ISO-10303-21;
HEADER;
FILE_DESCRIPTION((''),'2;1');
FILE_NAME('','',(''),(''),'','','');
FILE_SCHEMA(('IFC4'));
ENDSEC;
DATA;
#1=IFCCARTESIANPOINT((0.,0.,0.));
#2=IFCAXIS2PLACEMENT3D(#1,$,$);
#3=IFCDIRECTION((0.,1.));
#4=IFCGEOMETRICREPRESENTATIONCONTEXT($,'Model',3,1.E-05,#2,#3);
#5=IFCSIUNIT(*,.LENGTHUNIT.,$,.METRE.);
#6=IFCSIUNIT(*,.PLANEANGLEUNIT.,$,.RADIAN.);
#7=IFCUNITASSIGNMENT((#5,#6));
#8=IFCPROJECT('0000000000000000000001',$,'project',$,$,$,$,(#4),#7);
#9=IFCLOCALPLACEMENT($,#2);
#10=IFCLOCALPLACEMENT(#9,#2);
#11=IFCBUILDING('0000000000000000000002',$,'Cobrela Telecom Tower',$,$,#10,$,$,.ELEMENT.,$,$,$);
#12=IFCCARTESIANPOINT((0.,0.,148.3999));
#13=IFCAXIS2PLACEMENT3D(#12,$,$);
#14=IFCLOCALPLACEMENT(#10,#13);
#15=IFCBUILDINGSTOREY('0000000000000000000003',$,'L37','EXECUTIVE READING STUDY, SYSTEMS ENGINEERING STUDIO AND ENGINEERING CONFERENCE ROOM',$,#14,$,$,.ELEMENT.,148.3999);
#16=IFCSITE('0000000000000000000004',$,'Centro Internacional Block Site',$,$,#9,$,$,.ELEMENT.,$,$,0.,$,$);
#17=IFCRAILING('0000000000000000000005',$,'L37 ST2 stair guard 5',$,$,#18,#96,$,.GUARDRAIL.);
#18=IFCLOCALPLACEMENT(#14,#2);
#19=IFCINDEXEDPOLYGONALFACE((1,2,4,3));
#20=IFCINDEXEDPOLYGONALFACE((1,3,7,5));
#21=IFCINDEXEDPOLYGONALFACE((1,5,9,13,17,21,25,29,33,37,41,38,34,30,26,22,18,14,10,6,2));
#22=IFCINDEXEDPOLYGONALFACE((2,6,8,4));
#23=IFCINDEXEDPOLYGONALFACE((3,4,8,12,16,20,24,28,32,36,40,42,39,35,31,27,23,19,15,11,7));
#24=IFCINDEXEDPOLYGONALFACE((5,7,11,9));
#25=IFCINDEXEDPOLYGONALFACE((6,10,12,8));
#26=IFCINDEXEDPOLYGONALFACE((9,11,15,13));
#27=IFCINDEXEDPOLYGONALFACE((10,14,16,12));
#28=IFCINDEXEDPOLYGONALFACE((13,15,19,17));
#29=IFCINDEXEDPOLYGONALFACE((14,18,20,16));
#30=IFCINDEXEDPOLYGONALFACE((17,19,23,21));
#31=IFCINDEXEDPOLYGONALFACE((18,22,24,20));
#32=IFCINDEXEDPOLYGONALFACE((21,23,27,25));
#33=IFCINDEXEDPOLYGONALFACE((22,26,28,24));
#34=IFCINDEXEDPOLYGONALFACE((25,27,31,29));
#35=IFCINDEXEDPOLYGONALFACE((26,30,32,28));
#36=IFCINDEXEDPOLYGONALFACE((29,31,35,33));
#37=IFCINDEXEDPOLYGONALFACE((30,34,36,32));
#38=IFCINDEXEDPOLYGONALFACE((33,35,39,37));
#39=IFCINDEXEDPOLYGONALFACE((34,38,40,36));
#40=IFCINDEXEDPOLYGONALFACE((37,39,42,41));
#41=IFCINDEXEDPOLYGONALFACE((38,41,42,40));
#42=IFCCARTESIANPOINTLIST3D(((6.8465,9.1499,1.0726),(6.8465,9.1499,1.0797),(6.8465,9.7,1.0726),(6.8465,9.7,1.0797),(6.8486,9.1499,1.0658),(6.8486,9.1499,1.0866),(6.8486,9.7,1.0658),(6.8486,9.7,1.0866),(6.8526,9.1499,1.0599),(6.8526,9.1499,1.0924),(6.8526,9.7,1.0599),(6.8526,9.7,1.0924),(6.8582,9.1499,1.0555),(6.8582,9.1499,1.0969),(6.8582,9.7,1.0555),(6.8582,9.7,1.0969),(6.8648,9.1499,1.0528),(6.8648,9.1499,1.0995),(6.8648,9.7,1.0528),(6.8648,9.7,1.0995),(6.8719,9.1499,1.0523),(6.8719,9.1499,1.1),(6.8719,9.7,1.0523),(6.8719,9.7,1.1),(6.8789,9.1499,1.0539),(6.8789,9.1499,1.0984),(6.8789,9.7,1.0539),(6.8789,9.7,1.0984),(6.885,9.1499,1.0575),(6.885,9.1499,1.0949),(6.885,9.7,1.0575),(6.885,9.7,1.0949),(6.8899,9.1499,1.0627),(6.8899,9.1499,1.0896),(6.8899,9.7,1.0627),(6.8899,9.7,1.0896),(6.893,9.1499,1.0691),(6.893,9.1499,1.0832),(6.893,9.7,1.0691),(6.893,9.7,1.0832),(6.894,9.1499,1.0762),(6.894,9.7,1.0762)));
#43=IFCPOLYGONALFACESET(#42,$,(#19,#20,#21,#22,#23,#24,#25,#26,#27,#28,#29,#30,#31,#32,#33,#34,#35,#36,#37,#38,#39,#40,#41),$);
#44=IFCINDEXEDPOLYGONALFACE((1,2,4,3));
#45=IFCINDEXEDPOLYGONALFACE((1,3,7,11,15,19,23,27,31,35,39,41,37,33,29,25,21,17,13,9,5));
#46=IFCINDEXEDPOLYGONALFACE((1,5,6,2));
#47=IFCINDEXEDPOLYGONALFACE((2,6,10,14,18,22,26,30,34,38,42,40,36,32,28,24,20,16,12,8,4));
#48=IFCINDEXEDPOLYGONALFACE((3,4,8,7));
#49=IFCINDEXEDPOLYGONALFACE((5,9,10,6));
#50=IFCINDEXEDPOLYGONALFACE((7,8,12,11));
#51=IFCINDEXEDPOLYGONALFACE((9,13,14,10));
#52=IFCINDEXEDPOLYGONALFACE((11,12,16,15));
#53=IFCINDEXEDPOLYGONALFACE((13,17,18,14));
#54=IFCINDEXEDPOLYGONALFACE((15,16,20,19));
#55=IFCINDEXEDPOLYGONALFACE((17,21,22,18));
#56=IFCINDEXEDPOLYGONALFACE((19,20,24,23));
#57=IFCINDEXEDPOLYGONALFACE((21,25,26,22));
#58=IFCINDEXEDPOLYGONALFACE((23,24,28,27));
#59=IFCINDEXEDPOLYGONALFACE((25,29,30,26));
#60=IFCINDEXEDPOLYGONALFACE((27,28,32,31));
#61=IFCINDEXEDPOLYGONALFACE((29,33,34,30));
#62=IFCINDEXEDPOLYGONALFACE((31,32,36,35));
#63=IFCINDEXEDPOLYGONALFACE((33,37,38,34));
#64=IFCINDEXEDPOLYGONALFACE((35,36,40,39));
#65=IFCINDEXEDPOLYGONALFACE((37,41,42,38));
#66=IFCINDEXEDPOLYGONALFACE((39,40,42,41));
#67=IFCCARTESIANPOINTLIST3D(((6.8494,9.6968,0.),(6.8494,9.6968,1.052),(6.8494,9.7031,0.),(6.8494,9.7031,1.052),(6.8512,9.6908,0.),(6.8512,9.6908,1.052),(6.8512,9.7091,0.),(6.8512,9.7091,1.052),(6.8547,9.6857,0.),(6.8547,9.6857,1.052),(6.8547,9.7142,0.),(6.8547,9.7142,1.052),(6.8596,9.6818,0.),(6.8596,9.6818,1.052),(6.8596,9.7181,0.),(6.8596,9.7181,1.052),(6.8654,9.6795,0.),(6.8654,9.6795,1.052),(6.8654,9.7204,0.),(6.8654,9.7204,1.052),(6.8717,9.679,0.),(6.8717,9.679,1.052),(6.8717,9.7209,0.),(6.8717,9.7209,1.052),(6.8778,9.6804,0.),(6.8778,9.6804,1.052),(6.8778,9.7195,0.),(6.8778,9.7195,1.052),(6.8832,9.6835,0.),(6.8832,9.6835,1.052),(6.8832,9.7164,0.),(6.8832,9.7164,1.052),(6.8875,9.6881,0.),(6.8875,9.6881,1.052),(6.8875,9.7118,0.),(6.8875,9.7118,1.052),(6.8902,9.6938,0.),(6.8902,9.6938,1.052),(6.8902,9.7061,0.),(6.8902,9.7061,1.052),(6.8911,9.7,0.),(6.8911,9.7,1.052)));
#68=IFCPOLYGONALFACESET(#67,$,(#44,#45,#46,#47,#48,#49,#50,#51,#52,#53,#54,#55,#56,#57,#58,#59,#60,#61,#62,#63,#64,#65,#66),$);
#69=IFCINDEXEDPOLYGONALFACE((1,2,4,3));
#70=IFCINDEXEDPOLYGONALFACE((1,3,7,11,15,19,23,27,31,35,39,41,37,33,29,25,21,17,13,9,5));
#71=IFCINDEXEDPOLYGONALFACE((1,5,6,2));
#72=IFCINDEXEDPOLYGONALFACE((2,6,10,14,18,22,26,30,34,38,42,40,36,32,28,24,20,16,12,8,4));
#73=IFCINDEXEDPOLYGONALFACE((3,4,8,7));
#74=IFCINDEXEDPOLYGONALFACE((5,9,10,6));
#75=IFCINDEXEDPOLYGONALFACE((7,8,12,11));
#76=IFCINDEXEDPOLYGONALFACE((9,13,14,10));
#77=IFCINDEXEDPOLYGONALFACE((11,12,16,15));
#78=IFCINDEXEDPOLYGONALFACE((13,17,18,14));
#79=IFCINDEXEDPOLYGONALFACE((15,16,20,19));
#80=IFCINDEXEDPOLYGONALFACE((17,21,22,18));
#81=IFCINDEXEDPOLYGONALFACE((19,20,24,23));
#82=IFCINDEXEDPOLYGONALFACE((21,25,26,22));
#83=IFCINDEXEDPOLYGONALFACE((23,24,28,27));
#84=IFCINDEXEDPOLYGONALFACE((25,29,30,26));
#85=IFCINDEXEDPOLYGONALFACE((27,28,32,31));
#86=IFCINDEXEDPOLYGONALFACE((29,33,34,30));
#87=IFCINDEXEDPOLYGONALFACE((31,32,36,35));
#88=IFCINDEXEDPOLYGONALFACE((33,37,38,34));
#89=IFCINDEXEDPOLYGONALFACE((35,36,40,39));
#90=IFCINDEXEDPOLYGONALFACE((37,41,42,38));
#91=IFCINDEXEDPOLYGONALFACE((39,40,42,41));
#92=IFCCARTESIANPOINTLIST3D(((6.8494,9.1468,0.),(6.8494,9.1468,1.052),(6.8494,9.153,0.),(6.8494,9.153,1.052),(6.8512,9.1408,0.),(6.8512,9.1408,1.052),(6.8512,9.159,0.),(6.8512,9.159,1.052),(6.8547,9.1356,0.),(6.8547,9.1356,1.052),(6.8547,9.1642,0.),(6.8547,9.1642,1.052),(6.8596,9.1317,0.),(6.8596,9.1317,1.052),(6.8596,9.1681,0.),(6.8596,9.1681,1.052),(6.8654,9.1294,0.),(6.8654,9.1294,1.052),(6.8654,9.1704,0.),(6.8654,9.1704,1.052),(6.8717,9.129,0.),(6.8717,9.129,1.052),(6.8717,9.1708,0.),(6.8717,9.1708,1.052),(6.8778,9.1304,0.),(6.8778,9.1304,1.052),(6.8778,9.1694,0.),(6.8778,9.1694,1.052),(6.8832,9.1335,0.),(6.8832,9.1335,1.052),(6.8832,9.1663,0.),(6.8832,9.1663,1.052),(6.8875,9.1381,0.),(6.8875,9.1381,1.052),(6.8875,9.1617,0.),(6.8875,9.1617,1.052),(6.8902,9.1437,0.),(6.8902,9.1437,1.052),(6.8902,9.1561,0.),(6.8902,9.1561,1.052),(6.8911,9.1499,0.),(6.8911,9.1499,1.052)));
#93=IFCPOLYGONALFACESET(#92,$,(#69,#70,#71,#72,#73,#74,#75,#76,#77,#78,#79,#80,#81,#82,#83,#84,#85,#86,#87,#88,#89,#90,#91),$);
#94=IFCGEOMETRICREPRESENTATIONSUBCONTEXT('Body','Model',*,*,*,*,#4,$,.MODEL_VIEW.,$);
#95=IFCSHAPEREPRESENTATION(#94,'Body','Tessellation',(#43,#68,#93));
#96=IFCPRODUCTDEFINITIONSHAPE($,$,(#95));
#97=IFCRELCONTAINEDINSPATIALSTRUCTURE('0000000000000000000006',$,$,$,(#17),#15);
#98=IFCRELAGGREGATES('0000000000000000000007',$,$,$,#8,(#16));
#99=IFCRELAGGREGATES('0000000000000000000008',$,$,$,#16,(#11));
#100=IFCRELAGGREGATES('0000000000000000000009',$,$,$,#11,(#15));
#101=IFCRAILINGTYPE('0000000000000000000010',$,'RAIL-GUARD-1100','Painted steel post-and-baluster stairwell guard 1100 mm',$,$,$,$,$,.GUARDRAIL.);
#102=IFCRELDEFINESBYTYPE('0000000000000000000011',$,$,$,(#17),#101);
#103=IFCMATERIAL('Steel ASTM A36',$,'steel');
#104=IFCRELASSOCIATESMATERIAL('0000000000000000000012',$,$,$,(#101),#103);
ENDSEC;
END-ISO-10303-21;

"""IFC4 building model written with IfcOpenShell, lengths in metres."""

from ifc_helpers import new_model, si_unit, direction, frame, origin, origin_2d, place, context, subcontext, project, spatial, circle, extrude, material, type_object, element, save


model = new_model("IFC4")

# Units and contexts
model_context = context("Model", 3, precision=1e-05, world=origin(), true_north=direction((0.0, 1.0)))
body_context = subcontext(model_context, "Body", "Model", "MODEL_VIEW")
ifc_project = project(units=[si_unit("LENGTHUNIT", "METRE"), si_unit("PLANEANGLEUNIT", "RADIAN")], contexts=[model_context])

# Site, building, storey
site_placement = place(None, origin())
site = spatial("IfcSite", under=ifc_project, at=site_placement, Name="Centro Internacional Block Site", CompositionType="ELEMENT", RefElevation=0.0)
building_placement = place(site_placement, origin())
building = spatial("IfcBuilding", under=site, at=building_placement, Name="Cobrela Telecom Tower", CompositionType="ELEMENT")
storey_placement = place(building_placement, frame((0.0, 0.0, 148.3999)))
storey = spatial("IfcBuildingStorey", under=building, at=storey_placement, Name="L37", Description="EXECUTIVE READING STUDY, SYSTEMS ENGINEERING STUDIO AND ENGINEERING CONFERENCE ROOM", CompositionType="ELEMENT", Elevation=148.3999)

# Shared definitions
ifc_material_1 = material(Name="Steel ASTM A36", Category="steel")

# Railing
railing_type_1 = type_object("IfcRailingType", Name="RAIL-GUARD-1100", Description="Painted steel post-and-baluster stairwell guard 1100 mm", PredefinedType="GUARDRAIL", material=ifc_material_1)
railing_1_placement = place(storey_placement, frame((6.8701, 9.7, 0.0)))
element("IfcRailing", 1, at=railing_1_placement, inside=storey, type_object=railing_type_1, Name="L37 ST2 stair guard 5", PredefinedType="GUARDRAIL", context=body_context, shape_type="SweptSolid", body=[
    extrude(circle(Radius=0.0239, at=origin_2d()), frame((0.0, 0.0, 1.0762), z_axis=(0.0, -1.0, 0.0), x_axis=(1.0, 0.0, 0.0)), (0.0, 0.0, 1.0), 0.55),
    extrude(circle(Radius=0.021, at=origin_2d()), origin(), (0.0, 0.0, 1.0), 1.052),
    extrude(circle(Radius=0.021, at=origin_2d()), frame((0.0, -0.55, 0.0)), (0.0, 0.0, 1.0), 1.052),
])

save(model, "model.ifc")
